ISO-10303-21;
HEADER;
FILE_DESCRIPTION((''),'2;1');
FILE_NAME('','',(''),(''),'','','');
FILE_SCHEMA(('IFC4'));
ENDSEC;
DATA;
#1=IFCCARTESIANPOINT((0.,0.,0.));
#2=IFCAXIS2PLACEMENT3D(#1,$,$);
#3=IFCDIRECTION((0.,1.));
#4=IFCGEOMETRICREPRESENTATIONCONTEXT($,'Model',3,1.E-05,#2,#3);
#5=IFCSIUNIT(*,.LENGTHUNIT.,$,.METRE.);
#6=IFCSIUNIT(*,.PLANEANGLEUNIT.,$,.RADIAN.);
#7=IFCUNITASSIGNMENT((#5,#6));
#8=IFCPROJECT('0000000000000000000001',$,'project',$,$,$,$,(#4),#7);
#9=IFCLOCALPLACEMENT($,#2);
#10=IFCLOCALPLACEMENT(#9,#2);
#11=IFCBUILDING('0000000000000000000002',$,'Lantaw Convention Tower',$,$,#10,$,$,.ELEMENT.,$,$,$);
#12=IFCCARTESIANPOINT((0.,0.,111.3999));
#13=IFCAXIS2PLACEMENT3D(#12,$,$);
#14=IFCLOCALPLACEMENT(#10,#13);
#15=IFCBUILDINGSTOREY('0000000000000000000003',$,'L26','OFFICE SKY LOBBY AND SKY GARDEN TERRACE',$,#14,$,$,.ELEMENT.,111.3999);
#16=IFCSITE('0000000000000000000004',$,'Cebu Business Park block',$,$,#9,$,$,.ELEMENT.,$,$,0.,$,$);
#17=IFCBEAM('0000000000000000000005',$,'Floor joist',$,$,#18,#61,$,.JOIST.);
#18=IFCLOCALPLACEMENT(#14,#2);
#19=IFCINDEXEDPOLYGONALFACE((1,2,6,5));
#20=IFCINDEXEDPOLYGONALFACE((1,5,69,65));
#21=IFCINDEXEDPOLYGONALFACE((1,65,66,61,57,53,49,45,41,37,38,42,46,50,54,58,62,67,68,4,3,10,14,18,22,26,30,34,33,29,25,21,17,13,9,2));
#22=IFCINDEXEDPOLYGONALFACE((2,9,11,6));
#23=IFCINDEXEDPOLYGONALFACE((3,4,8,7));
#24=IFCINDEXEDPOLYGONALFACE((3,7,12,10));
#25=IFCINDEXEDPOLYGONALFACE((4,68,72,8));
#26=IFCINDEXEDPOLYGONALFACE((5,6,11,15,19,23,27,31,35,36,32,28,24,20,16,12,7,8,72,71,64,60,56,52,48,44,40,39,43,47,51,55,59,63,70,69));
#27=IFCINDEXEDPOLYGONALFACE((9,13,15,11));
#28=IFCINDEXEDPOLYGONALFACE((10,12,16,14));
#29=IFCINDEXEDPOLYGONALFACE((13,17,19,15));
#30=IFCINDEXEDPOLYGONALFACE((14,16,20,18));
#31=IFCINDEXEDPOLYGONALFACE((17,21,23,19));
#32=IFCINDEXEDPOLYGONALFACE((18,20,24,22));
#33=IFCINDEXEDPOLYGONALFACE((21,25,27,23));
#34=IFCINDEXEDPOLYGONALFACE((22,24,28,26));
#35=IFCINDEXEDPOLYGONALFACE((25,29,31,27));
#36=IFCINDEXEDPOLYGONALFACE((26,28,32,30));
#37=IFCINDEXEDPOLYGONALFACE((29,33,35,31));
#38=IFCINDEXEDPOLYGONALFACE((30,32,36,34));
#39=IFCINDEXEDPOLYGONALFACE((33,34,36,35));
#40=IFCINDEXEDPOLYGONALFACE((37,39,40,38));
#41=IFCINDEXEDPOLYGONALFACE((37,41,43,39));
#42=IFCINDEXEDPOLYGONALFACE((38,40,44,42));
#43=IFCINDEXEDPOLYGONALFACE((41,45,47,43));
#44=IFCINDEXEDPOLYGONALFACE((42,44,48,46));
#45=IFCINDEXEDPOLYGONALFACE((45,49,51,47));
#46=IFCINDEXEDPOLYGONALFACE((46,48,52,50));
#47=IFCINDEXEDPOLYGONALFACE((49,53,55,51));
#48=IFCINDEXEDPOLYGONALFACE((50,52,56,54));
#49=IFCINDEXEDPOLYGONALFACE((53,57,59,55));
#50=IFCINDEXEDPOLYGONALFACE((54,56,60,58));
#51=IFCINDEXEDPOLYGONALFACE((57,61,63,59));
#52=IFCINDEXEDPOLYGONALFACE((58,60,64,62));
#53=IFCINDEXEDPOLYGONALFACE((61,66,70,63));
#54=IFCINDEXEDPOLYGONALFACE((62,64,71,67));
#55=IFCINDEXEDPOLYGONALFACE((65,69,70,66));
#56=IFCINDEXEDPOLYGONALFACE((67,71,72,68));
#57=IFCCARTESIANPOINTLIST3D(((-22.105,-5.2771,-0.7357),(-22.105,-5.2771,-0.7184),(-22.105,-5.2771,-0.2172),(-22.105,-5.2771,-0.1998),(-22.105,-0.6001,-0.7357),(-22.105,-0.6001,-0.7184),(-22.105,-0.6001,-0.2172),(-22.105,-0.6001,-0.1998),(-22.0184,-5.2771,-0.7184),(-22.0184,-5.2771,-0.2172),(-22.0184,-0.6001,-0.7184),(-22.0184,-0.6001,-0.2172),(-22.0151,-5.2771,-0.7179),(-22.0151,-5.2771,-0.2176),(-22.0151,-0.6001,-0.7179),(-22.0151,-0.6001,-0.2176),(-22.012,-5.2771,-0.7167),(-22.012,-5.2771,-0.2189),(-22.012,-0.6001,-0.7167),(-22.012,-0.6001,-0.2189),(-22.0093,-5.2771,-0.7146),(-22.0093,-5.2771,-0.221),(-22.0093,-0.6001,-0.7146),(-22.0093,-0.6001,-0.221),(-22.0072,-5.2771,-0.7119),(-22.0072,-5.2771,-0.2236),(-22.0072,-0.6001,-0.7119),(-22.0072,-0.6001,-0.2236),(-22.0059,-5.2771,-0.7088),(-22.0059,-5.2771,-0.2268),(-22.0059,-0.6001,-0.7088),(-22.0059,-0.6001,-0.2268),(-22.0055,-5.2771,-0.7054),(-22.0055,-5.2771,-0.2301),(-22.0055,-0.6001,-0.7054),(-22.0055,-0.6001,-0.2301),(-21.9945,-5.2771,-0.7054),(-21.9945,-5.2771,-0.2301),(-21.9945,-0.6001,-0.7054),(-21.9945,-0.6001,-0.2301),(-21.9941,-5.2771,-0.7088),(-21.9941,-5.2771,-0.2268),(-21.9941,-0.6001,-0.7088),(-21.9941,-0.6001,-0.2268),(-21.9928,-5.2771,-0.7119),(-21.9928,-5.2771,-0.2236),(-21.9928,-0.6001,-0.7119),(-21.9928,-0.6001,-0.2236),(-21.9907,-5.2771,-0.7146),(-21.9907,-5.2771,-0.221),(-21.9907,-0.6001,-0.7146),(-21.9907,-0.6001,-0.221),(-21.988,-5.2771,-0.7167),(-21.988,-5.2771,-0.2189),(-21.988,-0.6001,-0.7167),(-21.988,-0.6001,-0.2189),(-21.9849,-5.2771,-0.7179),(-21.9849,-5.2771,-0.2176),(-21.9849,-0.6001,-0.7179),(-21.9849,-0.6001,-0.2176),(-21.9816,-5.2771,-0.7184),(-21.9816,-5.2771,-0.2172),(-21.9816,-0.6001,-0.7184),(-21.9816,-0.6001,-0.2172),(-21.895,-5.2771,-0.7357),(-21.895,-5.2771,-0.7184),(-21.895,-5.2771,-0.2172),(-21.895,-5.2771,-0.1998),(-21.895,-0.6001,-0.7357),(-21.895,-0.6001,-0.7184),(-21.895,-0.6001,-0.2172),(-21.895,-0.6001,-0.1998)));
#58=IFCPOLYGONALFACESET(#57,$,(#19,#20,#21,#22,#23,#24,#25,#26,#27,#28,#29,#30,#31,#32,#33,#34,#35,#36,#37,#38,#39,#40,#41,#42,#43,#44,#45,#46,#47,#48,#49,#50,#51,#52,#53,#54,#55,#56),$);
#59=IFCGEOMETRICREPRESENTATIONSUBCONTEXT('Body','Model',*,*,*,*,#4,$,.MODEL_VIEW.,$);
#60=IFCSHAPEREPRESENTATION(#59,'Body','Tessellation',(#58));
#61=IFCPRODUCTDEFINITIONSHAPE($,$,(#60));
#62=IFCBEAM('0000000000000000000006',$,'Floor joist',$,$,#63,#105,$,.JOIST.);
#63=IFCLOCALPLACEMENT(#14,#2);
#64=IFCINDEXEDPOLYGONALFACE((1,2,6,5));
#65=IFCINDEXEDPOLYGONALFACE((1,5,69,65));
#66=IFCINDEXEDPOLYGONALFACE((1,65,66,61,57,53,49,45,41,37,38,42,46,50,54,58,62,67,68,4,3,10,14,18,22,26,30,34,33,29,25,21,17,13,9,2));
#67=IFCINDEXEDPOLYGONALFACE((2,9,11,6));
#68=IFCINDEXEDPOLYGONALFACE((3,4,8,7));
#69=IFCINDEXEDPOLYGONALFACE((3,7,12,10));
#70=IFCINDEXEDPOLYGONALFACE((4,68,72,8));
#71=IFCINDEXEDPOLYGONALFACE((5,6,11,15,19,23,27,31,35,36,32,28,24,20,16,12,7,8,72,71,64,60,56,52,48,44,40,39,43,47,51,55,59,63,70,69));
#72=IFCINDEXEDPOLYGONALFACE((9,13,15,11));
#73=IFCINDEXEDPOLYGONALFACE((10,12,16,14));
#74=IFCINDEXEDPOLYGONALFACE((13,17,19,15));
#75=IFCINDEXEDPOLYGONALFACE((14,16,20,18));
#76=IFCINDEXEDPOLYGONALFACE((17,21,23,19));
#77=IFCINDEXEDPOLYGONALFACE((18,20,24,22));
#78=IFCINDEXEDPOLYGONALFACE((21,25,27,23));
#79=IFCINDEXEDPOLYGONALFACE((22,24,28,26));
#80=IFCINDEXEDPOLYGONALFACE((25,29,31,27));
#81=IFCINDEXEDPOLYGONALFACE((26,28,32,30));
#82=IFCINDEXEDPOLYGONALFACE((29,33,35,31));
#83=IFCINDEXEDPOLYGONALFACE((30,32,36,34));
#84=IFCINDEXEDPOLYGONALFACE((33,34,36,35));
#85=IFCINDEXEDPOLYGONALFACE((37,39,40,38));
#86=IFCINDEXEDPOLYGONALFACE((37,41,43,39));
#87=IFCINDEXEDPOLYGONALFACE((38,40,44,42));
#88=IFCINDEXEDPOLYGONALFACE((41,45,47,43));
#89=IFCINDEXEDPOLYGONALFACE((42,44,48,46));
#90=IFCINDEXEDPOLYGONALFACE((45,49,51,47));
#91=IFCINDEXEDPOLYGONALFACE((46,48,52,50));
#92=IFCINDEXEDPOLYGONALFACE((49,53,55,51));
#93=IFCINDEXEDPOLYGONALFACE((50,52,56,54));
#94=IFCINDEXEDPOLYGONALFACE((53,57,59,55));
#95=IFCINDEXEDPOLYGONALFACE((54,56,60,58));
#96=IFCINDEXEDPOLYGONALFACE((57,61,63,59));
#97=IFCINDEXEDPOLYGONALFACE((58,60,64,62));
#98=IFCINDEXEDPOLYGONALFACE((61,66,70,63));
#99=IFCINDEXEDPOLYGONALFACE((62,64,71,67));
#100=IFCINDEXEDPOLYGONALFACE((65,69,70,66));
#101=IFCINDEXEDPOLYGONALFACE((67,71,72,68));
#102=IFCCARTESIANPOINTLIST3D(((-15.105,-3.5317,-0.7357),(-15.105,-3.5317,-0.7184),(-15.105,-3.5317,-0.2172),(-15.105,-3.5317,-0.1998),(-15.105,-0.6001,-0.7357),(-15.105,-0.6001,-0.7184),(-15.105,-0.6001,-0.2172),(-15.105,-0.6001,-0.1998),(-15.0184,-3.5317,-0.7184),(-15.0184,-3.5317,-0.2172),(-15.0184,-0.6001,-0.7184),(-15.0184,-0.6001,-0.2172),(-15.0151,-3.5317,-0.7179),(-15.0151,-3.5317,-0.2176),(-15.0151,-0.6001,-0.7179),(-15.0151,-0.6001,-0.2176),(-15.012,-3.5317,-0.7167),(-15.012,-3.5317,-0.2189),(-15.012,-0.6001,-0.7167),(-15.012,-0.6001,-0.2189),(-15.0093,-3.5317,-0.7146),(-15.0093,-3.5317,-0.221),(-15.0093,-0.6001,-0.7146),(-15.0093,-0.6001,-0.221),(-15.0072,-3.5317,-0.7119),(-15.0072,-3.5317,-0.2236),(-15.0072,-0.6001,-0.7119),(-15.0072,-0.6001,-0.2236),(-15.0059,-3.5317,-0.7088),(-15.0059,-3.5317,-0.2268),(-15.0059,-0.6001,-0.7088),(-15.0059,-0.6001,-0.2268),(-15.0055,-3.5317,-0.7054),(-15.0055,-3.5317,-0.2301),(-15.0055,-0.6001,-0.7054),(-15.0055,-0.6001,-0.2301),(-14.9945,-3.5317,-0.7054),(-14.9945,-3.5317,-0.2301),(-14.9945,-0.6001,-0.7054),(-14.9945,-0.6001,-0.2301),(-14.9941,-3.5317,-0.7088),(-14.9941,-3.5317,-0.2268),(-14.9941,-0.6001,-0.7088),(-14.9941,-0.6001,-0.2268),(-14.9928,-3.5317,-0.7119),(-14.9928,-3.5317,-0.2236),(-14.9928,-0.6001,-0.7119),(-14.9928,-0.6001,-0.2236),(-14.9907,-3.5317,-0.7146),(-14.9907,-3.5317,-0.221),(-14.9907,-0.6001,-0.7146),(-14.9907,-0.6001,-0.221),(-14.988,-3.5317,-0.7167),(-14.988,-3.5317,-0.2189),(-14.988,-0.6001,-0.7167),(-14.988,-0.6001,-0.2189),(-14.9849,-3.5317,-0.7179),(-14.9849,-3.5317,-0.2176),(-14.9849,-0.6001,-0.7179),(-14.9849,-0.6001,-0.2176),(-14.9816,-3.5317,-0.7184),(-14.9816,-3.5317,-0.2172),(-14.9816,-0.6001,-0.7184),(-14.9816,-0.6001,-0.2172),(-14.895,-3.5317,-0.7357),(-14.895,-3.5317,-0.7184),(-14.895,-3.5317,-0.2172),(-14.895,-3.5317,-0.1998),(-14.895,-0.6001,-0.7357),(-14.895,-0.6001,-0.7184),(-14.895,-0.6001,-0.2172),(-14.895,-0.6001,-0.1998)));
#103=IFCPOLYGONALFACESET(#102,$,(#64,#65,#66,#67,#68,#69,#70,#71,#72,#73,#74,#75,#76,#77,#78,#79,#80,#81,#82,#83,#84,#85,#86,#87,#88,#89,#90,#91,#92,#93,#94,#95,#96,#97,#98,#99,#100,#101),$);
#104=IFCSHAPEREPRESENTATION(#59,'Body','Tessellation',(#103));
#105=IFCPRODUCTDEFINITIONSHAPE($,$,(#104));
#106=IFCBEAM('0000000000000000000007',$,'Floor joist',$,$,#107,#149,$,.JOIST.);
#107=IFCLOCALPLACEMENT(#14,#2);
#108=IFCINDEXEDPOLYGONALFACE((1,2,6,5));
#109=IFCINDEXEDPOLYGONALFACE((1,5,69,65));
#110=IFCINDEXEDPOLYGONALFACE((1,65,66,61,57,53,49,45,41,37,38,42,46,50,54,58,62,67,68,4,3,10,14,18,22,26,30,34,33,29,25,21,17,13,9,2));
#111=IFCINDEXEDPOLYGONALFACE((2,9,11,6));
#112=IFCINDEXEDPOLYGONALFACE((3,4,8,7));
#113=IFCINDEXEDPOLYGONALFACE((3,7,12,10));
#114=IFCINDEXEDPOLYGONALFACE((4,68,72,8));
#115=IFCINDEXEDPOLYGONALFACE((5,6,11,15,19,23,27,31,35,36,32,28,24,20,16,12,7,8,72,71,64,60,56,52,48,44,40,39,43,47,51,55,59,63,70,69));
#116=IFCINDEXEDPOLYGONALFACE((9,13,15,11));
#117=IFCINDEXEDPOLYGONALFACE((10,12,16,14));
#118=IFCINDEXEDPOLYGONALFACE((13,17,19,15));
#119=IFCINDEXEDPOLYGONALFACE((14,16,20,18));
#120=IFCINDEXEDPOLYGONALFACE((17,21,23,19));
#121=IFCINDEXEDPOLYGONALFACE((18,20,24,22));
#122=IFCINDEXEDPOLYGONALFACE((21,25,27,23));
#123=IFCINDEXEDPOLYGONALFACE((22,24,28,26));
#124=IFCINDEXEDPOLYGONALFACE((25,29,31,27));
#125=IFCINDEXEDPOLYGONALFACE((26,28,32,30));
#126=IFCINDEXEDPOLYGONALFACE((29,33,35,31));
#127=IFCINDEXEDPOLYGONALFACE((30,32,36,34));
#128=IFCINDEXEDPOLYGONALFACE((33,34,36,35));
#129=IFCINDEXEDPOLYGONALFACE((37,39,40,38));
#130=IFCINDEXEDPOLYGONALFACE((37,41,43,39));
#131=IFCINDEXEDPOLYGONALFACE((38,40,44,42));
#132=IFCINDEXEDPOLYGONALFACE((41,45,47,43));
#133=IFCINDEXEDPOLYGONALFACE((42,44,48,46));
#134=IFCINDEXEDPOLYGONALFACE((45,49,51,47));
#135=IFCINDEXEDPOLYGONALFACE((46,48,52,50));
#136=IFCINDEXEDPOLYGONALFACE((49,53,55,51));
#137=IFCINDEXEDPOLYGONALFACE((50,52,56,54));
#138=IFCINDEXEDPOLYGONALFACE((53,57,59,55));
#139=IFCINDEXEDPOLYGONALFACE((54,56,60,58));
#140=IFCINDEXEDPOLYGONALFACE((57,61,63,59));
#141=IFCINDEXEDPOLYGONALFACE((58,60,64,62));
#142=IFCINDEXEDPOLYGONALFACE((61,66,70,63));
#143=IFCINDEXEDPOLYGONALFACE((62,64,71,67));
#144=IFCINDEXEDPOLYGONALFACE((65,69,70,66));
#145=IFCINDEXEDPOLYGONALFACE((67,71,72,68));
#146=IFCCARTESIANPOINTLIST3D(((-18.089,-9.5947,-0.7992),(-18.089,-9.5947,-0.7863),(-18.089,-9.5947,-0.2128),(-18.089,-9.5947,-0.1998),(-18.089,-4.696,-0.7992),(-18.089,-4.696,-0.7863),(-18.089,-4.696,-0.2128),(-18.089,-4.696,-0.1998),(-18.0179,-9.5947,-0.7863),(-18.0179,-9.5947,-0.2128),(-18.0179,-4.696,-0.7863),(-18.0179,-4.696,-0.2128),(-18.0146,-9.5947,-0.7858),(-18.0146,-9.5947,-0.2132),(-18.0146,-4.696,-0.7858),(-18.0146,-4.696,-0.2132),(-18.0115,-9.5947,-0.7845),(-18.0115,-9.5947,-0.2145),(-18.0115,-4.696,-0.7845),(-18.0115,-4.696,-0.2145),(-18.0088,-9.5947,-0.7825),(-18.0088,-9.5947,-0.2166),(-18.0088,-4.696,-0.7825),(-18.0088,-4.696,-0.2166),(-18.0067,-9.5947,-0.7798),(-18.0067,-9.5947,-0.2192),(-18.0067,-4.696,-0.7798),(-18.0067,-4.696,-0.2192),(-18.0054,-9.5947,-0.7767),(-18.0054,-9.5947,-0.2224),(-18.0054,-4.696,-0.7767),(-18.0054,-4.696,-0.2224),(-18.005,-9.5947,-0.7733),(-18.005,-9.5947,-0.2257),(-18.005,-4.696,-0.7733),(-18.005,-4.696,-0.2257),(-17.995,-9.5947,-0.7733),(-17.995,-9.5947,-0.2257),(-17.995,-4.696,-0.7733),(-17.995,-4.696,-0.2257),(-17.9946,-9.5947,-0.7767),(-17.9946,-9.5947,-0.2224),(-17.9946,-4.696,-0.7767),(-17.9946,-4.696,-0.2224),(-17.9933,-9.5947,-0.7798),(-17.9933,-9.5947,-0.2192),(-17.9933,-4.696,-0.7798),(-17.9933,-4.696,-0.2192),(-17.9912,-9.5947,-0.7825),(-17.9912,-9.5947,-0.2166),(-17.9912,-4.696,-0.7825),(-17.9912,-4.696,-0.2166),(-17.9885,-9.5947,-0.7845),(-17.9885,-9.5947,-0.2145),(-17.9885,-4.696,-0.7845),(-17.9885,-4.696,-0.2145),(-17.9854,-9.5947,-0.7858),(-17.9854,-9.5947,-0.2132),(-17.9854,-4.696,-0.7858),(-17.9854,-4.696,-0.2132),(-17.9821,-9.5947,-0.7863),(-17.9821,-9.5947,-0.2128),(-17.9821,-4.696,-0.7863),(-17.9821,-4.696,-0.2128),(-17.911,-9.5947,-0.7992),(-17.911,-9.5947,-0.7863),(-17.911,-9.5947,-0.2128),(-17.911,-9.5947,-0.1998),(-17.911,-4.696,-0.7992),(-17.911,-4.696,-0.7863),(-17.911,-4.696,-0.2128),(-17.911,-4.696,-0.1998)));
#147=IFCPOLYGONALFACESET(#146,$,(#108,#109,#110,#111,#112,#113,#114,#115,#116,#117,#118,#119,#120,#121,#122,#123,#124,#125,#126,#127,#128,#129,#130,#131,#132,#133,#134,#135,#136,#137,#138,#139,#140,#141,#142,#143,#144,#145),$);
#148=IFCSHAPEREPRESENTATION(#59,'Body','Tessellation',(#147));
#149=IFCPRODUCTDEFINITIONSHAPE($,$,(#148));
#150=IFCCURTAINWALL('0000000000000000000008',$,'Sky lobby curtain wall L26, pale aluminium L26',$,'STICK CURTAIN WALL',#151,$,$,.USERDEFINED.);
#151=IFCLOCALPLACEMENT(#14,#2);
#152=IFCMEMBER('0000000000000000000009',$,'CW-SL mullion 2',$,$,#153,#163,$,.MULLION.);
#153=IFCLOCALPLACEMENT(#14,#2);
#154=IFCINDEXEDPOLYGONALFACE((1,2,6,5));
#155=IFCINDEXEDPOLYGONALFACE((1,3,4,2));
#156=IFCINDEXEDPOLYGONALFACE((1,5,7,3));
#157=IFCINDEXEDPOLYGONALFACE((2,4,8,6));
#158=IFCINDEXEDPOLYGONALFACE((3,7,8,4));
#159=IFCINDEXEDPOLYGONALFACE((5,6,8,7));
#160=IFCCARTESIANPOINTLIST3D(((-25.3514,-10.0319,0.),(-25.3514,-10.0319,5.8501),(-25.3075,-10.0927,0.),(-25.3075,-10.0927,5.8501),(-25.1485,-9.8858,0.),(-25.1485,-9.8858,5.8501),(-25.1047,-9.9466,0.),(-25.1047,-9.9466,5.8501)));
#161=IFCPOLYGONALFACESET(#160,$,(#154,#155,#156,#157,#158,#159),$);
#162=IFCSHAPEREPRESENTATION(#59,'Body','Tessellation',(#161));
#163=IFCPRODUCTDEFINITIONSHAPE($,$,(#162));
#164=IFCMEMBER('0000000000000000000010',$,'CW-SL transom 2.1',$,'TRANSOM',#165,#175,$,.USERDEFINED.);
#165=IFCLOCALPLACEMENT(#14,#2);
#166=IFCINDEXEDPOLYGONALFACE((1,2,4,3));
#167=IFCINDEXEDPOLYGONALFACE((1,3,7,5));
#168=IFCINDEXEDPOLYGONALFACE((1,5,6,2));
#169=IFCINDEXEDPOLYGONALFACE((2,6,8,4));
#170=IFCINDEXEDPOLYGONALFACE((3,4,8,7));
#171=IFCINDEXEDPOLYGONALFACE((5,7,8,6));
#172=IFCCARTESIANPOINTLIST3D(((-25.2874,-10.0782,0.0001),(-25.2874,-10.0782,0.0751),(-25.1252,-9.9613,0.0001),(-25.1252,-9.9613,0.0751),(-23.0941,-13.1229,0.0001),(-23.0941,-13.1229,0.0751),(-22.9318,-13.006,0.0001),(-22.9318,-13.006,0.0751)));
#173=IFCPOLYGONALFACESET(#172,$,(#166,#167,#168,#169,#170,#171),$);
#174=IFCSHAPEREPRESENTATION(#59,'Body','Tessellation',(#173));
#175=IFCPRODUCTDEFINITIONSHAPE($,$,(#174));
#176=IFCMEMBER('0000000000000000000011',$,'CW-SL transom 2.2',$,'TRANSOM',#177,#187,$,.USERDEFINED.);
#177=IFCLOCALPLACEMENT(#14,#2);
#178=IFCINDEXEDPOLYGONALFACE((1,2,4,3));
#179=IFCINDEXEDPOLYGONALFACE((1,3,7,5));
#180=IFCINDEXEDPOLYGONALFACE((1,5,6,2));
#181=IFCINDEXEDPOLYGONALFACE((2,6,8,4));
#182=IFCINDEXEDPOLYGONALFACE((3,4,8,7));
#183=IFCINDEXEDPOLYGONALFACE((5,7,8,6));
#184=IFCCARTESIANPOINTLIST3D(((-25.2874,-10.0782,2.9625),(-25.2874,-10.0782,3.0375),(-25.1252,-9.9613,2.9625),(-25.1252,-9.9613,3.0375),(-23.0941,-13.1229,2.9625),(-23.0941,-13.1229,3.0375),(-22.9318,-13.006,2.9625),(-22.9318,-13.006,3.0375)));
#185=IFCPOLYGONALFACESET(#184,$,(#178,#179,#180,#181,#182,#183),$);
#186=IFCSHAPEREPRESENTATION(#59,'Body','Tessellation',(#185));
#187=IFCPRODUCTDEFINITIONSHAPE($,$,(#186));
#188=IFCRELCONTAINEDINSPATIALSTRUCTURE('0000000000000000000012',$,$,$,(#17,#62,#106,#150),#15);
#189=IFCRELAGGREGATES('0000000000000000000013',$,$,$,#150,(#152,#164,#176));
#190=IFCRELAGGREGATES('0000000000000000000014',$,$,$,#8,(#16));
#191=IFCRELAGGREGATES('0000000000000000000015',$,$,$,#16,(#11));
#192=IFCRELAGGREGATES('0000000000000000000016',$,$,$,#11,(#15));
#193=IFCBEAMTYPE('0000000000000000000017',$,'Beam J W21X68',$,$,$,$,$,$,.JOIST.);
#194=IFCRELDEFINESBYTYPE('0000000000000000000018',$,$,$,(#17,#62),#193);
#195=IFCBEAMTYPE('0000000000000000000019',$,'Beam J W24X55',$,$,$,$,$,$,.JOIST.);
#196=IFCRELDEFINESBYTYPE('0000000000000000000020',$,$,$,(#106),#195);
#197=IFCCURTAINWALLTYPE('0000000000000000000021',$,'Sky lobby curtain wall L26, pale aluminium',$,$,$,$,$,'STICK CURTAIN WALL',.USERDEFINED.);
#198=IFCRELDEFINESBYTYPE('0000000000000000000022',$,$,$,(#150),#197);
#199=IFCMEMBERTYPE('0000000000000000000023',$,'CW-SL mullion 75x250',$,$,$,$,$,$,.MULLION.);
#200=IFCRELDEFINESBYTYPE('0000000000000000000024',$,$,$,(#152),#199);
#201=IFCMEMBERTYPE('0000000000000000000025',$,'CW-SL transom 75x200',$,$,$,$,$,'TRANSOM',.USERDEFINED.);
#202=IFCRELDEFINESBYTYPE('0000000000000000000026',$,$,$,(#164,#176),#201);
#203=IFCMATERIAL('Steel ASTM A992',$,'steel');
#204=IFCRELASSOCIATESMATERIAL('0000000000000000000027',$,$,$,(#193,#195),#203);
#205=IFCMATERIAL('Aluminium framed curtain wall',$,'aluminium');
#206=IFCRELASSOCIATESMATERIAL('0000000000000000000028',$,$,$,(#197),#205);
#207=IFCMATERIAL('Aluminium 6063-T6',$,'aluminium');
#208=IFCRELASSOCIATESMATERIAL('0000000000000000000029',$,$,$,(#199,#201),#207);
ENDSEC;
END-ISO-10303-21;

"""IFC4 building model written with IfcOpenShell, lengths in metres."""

from ifc_helpers import new_model, si_unit, direction, frame, origin, origin_2d, place, context, subcontext, project, spatial, rectangle, i_section, extrude, material, material_profile, profile_set, type_object, element, aggregate, save


model = new_model("IFC4")

# Units and contexts
model_context = context("Model", 3, precision=1e-05, world=origin(), true_north=direction((0.0, 1.0)))
body_context = subcontext(model_context, "Body", "Model", "MODEL_VIEW")
ifc_project = project(units=[si_unit("LENGTHUNIT", "METRE"), si_unit("PLANEANGLEUNIT", "RADIAN")], contexts=[model_context])

# Site, building, storey
site_placement = place(None, origin())
site = spatial("IfcSite", under=ifc_project, at=site_placement, Name="Cebu Business Park block", CompositionType="ELEMENT", RefElevation=0.0)
building_placement = place(site_placement, origin())
building = spatial("IfcBuilding", under=site, at=building_placement, Name="Lantaw Convention Tower", CompositionType="ELEMENT")
storey_placement = place(building_placement, frame((0.0, 0.0, 111.3999)))
storey = spatial("IfcBuildingStorey", under=building, at=storey_placement, Name="L26", Description="OFFICE SKY LOBBY AND SKY GARDEN TERRACE", CompositionType="ELEMENT", Elevation=111.3999)

# Beams
ifc_material_1 = material(Name="Steel ASTM A992", Category="steel")
ifc_material_profile_1 = material_profile(ifc_material_1, i_section(OverallWidth=0.21, OverallDepth=0.5359, WebThickness=0.011, FlangeThickness=0.0173, FilletRadius=0.0129, at=origin_2d()), Name="W21X68")
ifc_profile_set_1 = profile_set([ifc_material_profile_1], Name="Steel ASTM A992")
beam_type_1 = type_object("IfcBeamType", Name="Beam J W21X68", PredefinedType="JOIST", material=ifc_profile_set_1)
beam_1_placement = place(storey_placement, frame((-22.0, -5.2771, -0.4678), z_axis=(0.0, 1.0, 0.0), x_axis=(-1.0, 0.0, 0.0)))
element("IfcBeam", 1, at=beam_1_placement, inside=storey, type_object=beam_type_1, Name="Floor joist", PredefinedType="JOIST", context=body_context, shape_type="SweptSolid", body=[
    extrude(i_section(OverallWidth=0.21, OverallDepth=0.5359, WebThickness=0.011, FlangeThickness=0.0173, FilletRadius=0.0129, at=origin_2d()), origin(), (0.0, 0.0, 1.0), 4.677),
])
beam_2_placement = place(storey_placement, frame((-15.0, -3.5317, -0.4678), z_axis=(0.0, 1.0, 0.0), x_axis=(-1.0, 0.0, 0.0)))
element("IfcBeam", 2, at=beam_2_placement, inside=storey, type_object=beam_type_1, Name="Floor joist", PredefinedType="JOIST", context=body_context, shape_type="SweptSolid", body=[
    extrude(i_section(OverallWidth=0.21, OverallDepth=0.5359, WebThickness=0.011, FlangeThickness=0.0173, FilletRadius=0.0129, at=origin_2d()), origin(), (0.0, 0.0, 1.0), 2.9316),
])
ifc_material_profile_2 = material_profile(ifc_material_1, i_section(OverallWidth=0.178, OverallDepth=0.5994, WebThickness=0.01, FlangeThickness=0.0129, FilletRadius=0.0129, at=origin_2d()), Name="W24X55")
ifc_profile_set_2 = profile_set([ifc_material_profile_2], Name="Steel ASTM A992")
beam_type_2 = type_object("IfcBeamType", Name="Beam J W24X55", PredefinedType="JOIST", material=ifc_profile_set_2)
beam_3_placement = place(storey_placement, frame((-18.0, -9.5947, -0.4995), z_axis=(0.0, 1.0, 0.0), x_axis=(-1.0, 0.0, 0.0)))
element("IfcBeam", 3, at=beam_3_placement, inside=storey, type_object=beam_type_2, Name="Floor joist", PredefinedType="JOIST", context=body_context, shape_type="SweptSolid", body=[
    extrude(i_section(OverallWidth=0.178, OverallDepth=0.5994, WebThickness=0.01, FlangeThickness=0.0129, FilletRadius=0.0129, at=origin_2d()), origin(), (0.0, 0.0, 1.0), 4.8987),
])

# Curtain wall, members
ifc_material_2 = material(Name="Aluminium framed curtain wall", Category="aluminium")
curtain_wall_type = type_object("IfcCurtainWallType", Name="Sky lobby curtain wall L26, pale aluminium", ElementType="STICK CURTAIN WALL", PredefinedType="USERDEFINED", material=ifc_material_2)
curtain_wall_placement = place(storey_placement, origin())
curtain_wall = element("IfcCurtainWall", 4, at=curtain_wall_placement, inside=storey, type_object=curtain_wall_type, Name="Sky lobby curtain wall L26, pale aluminium L26", ObjectType="STICK CURTAIN WALL", PredefinedType="USERDEFINED")
ifc_material_3 = material(Name="Aluminium 6063-T6", Category="aluminium")
ifc_material_profile_3 = material_profile(ifc_material_3, rectangle(XDim=0.25, YDim=0.075, at=origin_2d()), Name="CW-SL mullion 75x250")
ifc_profile_set_3 = profile_set([ifc_material_profile_3], Name="Aluminium 6063-T6")
member_type_1 = type_object("IfcMemberType", Name="CW-SL mullion 75x250", PredefinedType="MULLION", material=ifc_profile_set_3)
member_1_placement = place(storey_placement, frame((-25.228, -9.9893, 0.0), z_axis=(0.0, 0.0, 1.0), x_axis=(0.811385, 0.584513, 0.0)))
member_1 = element("IfcMember", 5, at=member_1_placement, type_object=member_type_1, Name="CW-SL mullion 2", PredefinedType="MULLION", context=body_context, shape_type="SweptSolid", body=[
    extrude(rectangle(XDim=0.25, YDim=0.075, at=origin_2d()), origin(), (0.0, 0.0, 1.0), 5.8501),
])
ifc_material_profile_4 = material_profile(ifc_material_3, rectangle(XDim=0.2, YDim=0.075, at=origin_2d()), Name="CW-SL transom 75x200")
ifc_profile_set_4 = profile_set([ifc_material_profile_4], Name="Aluminium 6063-T6")
member_type_2 = type_object("IfcMemberType", Name="CW-SL transom 75x200", ElementType="TRANSOM", PredefinedType="USERDEFINED", material=ifc_profile_set_4)
member_2_placement = place(storey_placement, frame((-25.2063, -10.0198, 0.0376), z_axis=(0.584514, -0.811384, 0.0), x_axis=(0.811384, 0.584514, 0.0)))
member_2 = element("IfcMember", 6, at=member_2_placement, type_object=member_type_2, Name="CW-SL transom 2.1", ObjectType="TRANSOM", PredefinedType="USERDEFINED", context=body_context, shape_type="SweptSolid", body=[
    extrude(rectangle(XDim=0.2, YDim=0.075, at=origin_2d()), origin(), (0.0, 0.0, 1.0), 3.7524),
])
member_3_placement = place(storey_placement, frame((-25.2063, -10.0198, 3.0), z_axis=(0.584514, -0.811384, 0.0), x_axis=(0.811384, 0.584514, 0.0)))
member_3 = element("IfcMember", 7, at=member_3_placement, type_object=member_type_2, Name="CW-SL transom 2.2", ObjectType="TRANSOM", PredefinedType="USERDEFINED", context=body_context, shape_type="SweptSolid", body=[
    extrude(rectangle(XDim=0.2, YDim=0.075, at=origin_2d()), origin(), (0.0, 0.0, 1.0), 3.7524),
])
aggregate(curtain_wall, [member_1, member_2, member_3])

save(model, "model.ifc")
